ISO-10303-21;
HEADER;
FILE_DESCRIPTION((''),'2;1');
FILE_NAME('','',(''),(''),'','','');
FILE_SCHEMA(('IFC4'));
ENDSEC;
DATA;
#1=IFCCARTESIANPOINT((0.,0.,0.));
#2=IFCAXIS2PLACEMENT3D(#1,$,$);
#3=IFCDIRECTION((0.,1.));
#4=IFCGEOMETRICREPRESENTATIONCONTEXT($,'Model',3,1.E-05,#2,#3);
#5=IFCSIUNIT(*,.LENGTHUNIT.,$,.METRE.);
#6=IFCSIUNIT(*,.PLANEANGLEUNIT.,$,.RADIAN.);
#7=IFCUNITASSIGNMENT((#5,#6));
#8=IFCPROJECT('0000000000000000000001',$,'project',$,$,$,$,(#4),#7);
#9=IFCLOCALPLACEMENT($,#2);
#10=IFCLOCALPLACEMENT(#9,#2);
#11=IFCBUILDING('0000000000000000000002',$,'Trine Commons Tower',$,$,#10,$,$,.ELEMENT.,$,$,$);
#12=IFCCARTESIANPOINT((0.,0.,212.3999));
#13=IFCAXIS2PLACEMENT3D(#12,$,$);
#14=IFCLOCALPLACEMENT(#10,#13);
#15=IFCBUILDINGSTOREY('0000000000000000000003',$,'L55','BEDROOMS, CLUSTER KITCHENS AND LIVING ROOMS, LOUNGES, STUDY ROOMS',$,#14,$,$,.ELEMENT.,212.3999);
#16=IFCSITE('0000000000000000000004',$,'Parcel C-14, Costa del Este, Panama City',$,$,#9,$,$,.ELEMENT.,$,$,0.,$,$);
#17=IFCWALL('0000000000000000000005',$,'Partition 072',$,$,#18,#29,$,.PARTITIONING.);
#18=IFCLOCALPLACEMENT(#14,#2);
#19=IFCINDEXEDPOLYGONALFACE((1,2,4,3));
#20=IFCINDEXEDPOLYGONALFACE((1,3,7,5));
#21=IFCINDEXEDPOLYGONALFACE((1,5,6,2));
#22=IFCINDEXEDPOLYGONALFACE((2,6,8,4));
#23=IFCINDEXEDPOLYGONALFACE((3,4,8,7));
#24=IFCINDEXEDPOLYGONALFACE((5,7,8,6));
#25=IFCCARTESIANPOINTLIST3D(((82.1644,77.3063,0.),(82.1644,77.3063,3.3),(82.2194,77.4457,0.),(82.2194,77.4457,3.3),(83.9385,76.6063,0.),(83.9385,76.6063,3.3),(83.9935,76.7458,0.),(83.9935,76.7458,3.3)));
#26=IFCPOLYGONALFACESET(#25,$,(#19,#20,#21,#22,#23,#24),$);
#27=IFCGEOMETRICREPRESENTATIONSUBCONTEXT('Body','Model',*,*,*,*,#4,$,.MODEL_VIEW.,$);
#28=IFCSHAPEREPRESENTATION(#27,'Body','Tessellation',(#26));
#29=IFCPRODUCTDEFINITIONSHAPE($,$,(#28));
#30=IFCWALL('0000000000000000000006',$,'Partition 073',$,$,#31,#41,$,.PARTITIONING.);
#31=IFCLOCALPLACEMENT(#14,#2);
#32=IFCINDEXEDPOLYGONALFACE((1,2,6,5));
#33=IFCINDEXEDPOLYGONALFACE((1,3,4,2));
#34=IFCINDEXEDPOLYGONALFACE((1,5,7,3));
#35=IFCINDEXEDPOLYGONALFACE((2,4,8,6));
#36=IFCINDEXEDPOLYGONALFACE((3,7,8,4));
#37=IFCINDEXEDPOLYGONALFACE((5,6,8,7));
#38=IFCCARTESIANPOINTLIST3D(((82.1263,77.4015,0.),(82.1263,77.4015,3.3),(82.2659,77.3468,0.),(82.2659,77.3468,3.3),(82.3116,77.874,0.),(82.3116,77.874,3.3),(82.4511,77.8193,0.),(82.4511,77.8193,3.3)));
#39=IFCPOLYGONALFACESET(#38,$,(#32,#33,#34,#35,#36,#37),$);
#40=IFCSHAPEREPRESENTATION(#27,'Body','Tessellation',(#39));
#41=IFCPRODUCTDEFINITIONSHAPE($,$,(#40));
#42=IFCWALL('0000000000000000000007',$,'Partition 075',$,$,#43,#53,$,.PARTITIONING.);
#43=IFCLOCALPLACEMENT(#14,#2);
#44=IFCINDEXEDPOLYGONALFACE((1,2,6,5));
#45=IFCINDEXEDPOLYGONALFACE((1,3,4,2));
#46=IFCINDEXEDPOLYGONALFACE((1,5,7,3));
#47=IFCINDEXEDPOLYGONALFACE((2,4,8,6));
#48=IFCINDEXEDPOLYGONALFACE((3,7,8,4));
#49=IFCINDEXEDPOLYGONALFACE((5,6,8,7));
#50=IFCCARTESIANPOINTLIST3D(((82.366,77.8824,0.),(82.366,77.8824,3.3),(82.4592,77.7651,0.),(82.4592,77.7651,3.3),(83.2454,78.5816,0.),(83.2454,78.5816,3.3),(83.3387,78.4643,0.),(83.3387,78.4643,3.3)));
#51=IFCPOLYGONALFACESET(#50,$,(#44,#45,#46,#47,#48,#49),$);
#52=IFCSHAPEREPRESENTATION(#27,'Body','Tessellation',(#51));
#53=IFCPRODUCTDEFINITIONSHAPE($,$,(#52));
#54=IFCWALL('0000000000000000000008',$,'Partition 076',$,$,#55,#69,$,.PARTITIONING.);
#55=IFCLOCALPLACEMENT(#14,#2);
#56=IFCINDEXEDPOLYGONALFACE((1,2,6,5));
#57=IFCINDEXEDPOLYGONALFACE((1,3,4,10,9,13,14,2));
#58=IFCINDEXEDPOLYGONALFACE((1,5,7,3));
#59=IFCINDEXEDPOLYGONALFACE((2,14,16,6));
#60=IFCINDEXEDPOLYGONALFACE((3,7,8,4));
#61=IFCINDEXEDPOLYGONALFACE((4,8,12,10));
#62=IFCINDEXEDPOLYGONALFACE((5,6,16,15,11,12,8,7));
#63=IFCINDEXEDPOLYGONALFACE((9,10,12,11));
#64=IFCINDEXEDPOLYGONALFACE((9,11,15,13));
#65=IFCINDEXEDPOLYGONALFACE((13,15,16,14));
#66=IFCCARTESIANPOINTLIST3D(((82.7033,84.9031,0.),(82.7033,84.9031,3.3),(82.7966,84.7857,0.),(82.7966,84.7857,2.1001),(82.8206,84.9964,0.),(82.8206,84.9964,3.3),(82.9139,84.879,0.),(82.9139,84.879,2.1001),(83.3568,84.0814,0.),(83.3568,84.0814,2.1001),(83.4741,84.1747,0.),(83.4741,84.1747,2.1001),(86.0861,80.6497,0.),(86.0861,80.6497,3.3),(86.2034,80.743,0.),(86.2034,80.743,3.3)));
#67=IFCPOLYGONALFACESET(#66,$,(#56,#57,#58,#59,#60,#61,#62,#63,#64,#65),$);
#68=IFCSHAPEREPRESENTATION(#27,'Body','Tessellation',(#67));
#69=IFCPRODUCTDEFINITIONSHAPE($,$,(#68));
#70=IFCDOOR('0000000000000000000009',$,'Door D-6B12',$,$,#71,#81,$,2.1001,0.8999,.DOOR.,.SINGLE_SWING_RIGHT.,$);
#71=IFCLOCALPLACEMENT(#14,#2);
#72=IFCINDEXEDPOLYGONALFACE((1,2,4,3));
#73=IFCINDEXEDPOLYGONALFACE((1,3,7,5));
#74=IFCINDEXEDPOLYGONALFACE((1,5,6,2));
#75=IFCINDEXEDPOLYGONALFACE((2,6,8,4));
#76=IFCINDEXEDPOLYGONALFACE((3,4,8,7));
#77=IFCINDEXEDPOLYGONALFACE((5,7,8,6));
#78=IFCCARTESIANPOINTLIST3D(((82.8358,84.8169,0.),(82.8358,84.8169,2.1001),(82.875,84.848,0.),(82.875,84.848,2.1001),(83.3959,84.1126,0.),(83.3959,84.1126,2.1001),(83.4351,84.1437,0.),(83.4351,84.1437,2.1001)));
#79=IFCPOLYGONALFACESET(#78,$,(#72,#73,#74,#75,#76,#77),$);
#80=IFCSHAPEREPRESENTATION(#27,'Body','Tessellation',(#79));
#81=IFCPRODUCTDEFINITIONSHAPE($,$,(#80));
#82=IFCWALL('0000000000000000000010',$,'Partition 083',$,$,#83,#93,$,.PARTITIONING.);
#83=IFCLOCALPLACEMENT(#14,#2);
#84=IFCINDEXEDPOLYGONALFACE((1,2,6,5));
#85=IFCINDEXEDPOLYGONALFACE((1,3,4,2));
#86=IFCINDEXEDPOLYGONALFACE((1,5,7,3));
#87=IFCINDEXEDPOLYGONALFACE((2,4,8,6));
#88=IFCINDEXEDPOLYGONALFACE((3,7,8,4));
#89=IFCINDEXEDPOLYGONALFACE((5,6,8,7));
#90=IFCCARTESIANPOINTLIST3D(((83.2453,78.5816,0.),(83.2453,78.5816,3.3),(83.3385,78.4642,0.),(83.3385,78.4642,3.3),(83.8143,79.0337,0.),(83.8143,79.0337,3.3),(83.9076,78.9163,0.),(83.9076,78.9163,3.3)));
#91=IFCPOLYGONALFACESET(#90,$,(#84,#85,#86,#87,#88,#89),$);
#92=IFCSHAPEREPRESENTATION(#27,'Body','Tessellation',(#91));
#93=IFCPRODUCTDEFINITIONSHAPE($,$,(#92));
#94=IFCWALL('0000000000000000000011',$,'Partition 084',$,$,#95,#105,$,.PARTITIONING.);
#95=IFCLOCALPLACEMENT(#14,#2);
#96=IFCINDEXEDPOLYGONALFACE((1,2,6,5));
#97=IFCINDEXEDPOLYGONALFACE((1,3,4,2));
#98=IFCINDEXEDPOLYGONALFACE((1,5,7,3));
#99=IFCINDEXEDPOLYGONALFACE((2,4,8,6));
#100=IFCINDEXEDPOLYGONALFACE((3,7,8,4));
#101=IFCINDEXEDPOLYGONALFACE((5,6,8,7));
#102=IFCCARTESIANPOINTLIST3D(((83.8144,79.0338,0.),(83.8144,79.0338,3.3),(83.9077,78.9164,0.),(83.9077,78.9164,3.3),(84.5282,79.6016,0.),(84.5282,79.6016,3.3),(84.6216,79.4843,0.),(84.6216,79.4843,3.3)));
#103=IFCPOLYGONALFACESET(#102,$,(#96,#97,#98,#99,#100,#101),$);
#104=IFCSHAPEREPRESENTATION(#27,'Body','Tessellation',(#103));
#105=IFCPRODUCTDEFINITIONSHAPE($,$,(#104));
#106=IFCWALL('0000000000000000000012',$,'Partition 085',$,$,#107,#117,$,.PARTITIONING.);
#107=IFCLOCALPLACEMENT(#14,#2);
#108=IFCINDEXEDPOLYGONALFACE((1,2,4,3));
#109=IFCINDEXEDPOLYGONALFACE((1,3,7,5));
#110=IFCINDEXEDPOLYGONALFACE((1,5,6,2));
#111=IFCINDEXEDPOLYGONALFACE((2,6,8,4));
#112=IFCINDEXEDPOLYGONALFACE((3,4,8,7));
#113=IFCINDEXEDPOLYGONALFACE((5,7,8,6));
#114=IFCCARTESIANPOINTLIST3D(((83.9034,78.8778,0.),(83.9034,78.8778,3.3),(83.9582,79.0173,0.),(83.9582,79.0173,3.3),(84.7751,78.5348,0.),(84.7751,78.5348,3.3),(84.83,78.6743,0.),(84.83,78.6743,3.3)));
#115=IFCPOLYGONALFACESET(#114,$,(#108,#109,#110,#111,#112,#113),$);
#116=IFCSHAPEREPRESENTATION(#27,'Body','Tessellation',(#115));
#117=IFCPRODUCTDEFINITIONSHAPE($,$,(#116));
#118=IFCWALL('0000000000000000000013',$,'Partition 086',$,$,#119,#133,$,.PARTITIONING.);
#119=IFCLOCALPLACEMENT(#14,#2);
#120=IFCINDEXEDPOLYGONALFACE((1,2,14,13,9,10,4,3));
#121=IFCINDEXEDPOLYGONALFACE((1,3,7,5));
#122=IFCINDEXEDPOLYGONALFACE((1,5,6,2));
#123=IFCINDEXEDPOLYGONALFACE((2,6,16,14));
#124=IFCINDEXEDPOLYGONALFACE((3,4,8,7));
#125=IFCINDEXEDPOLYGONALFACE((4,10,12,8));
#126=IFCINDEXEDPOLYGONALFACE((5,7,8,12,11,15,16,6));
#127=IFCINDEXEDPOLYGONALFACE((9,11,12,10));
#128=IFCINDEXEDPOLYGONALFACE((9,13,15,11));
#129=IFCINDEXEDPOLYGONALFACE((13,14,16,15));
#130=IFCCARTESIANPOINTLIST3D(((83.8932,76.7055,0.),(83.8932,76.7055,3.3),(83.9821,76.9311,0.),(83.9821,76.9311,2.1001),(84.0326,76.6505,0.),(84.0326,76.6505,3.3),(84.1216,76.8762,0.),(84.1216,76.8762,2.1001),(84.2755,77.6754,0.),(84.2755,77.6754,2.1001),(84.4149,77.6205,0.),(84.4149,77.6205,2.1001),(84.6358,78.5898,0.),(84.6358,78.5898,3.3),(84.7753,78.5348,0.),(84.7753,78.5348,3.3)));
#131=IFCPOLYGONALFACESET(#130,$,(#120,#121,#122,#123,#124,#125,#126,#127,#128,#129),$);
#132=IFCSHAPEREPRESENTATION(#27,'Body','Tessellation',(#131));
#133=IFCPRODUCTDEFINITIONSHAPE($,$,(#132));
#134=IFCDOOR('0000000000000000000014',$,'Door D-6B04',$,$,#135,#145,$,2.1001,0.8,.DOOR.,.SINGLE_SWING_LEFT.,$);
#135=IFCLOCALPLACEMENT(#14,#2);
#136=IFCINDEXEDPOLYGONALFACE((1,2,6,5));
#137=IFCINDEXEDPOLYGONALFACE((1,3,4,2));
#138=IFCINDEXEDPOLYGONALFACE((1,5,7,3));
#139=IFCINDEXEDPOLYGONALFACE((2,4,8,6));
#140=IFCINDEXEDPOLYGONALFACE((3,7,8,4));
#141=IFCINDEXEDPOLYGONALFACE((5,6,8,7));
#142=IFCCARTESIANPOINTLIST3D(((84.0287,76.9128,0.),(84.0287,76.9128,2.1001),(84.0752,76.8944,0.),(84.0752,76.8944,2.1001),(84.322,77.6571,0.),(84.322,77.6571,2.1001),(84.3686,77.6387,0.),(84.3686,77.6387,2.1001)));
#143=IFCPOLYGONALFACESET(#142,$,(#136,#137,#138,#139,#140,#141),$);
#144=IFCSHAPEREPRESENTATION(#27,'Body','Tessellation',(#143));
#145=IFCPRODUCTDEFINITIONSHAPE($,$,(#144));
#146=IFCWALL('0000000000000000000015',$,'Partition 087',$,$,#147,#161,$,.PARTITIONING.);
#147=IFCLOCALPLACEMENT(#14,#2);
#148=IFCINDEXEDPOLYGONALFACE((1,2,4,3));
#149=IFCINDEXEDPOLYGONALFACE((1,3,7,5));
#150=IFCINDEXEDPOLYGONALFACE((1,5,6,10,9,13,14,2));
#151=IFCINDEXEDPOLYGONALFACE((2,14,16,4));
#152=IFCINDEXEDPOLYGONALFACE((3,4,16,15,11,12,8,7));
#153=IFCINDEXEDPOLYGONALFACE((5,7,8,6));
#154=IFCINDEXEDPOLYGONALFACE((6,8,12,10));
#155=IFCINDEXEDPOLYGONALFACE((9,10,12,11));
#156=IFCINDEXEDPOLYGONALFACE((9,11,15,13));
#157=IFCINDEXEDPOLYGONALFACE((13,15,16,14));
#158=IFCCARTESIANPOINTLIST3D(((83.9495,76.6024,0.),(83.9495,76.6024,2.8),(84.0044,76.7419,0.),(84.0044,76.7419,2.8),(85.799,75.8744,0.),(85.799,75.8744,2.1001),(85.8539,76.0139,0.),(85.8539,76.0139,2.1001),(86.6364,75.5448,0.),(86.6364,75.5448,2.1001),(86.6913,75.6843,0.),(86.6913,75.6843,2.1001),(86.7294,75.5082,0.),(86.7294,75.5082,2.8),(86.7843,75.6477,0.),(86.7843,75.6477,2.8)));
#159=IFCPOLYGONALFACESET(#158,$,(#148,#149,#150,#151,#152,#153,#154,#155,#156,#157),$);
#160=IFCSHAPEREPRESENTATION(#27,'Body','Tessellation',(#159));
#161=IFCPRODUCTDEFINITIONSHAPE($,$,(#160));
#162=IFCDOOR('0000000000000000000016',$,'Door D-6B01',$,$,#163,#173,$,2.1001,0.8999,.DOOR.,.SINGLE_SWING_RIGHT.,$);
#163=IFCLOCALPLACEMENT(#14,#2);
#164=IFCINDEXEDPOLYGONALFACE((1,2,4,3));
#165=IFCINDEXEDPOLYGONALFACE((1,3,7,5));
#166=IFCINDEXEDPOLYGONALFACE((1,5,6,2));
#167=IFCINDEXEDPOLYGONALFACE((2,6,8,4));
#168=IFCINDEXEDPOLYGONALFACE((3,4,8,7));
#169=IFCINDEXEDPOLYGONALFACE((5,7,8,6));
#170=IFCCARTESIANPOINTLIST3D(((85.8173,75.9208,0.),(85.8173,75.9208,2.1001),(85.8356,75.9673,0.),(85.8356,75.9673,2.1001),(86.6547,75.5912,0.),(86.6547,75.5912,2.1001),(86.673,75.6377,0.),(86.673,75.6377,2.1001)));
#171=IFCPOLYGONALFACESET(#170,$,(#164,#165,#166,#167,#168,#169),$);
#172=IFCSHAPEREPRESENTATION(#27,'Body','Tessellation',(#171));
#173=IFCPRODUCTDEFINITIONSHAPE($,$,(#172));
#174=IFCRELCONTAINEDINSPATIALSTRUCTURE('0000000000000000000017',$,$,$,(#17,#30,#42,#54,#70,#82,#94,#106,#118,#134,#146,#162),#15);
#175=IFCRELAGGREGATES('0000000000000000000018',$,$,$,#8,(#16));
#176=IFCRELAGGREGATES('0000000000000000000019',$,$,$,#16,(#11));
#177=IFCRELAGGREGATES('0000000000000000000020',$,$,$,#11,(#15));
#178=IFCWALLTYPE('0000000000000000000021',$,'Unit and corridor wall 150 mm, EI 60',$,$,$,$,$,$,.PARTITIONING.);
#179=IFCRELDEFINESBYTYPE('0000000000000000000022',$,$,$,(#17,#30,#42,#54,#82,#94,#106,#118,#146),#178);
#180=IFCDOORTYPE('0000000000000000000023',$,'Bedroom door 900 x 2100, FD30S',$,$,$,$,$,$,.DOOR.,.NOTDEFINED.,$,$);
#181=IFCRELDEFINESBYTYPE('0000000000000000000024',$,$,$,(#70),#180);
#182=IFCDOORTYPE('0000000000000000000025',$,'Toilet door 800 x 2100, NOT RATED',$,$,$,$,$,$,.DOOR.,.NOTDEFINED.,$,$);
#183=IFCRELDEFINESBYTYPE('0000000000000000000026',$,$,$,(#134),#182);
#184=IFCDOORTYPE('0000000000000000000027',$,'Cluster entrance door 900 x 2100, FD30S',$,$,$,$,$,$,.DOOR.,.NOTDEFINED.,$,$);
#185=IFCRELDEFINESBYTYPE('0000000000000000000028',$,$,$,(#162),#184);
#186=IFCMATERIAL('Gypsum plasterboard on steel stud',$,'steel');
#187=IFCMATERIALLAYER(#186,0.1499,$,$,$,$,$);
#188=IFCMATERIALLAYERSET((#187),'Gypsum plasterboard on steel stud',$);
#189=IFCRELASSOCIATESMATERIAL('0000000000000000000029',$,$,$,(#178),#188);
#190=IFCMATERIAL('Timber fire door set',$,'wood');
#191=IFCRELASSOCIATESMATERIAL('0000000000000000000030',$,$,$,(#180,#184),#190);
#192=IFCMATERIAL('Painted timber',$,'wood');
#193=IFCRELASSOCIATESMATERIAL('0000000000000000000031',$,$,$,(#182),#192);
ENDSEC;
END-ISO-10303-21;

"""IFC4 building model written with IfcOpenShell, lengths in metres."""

from ifc_helpers import new_model, si_unit, direction, frame, frame_2d, origin, place, context, subcontext, project, spatial, rectangle, extrude, material, layer, layer_set, type_object, element, fill, save


model = new_model("IFC4")

# Units and contexts
model_context = context("Model", 3, precision=1e-05, world=origin(), true_north=direction((0.0, 1.0)))
body_context = subcontext(model_context, "Body", "Model", "MODEL_VIEW")
ifc_project = project(units=[si_unit("LENGTHUNIT", "METRE"), si_unit("PLANEANGLEUNIT", "RADIAN")], contexts=[model_context])

# Site, building, storey
site_placement = place(None, origin())
site = spatial("IfcSite", under=ifc_project, at=site_placement, Name="Parcel C-14, Costa del Este, Panama City", CompositionType="ELEMENT", RefElevation=0.0)
building_placement = place(site_placement, origin())
building = spatial("IfcBuilding", under=site, at=building_placement, Name="Trine Commons Tower", CompositionType="ELEMENT")
storey_placement = place(building_placement, frame((0.0, 0.0, 212.3999)))
storey = spatial("IfcBuildingStorey", under=building, at=storey_placement, Name="L55", Description="BEDROOMS, CLUSTER KITCHENS AND LIVING ROOMS, LOUNGES, STUDY ROOMS", CompositionType="ELEMENT", Elevation=212.3999)

# Walls
ifc_material_1 = material(Name="Gypsum plasterboard on steel stud", Category="steel")
ifc_layer_1 = layer(ifc_material_1, 0.1499)
ifc_layer_set_1 = layer_set([ifc_layer_1], Name="Gypsum plasterboard on steel stud")
wall_type_1 = type_object("IfcWallType", Name="Unit and corridor wall 150 mm, EI 60", PredefinedType="PARTITIONING", material=ifc_layer_set_1)
wall_1_placement = place(storey_placement, frame((82.1919, 77.376, 0.0), z_axis=(0.0, 0.0, 1.0), x_axis=(0.930223, -0.366995, 0.0)))
element("IfcWall", 1, at=wall_1_placement, inside=storey, type_object=wall_type_1, Name="Partition 072", PredefinedType="PARTITIONING", context=body_context, shape_type="SweptSolid", body=[
    extrude(rectangle(XDim=1.9072, YDim=0.1499, at=frame_2d((0.9536, 0.0))), origin(), (0.0, 0.0, 1.0), 3.3),
])
wall_2_placement = place(storey_placement, frame((82.196, 77.374, 0.0), z_axis=(0.0, 0.0, 1.0), x_axis=(0.364998, 0.931008, 0.0)))
element("IfcWall", 2, at=wall_2_placement, inside=storey, type_object=wall_type_1, Name="Partition 073", PredefinedType="PARTITIONING", context=body_context, shape_type="SweptSolid", body=[
    extrude(rectangle(XDim=0.5076, YDim=0.1499, at=frame_2d((0.2539, 0.0))), origin(), (0.0, 0.0, 1.0), 3.3),
])
wall_3_placement = place(storey_placement, frame((82.4126, 77.8237, 0.0), z_axis=(0.0, 0.0, 1.0), x_axis=(0.782731, 0.62236, 0.0)))
element("IfcWall", 3, at=wall_3_placement, inside=storey, type_object=wall_type_1, Name="Partition 075", PredefinedType="PARTITIONING", context=body_context, shape_type="SweptSolid", body=[
    extrude(rectangle(XDim=1.1235, YDim=0.1499, at=frame_2d((0.5618, 0.0))), origin(), (0.0, 0.0, 1.0), 3.3),
])

# Wall, opening, door
wall_4_placement = place(storey_placement, frame((82.762, 84.9497, 0.0), z_axis=(0.0, 0.0, 1.0), x_axis=(0.622457, -0.782654, 0.0)))
wall_4 = element("IfcWall", 4, at=wall_4_placement, inside=storey, type_object=wall_type_1, Name="Partition 076", PredefinedType="PARTITIONING", context=body_context, shape_type="SweptSolid", body=[
    extrude(rectangle(XDim=5.4346, YDim=0.1499, at=frame_2d((2.7173, 0.0))), origin(), (0.0, 0.0, 1.0), 3.3),
])
opening_1_placement = place(wall_4_placement, frame((0.1499, 0.0, 0.0)))
opening_1 = element("IfcOpeningElement", 5, at=opening_1_placement, cuts=wall_4, PredefinedType="OPENING", context=body_context, shape_type="SweptSolid", body=[
    extrude(rectangle(XDim=0.8999, YDim=2.1001, at=frame_2d((0.45, 1.05))), frame((0.0, 0.085, 0.0), z_axis=(0.0, -1.0, 0.0), x_axis=(1.0, 0.0, 0.0)), (0.0, 0.0, 1.0), 0.1699),
])
ifc_material_2 = material(Name="Timber fire door set", Category="wood")
door_type_1 = type_object("IfcDoorType", Name="Bedroom door 900 x 2100, FD30S", OperationType="NOTDEFINED", PredefinedType="DOOR", material=ifc_material_2)
door_1_placement = place(opening_1_placement, frame((0.8999, 0.0, 0.0), z_axis=(0.0, 0.0, 1.0), x_axis=(-1.0, 0.0, 0.0)))
door_1 = element("IfcDoor", 6, at=door_1_placement, inside=storey, type_object=door_type_1, Name="Door D-6B12", OperationType="SINGLE_SWING_RIGHT", OverallHeight=2.1001, OverallWidth=0.8999, PredefinedType="DOOR", context=body_context, shape_type="SweptSolid", body=[
    extrude(rectangle(XDim=0.8999, YDim=2.1001, at=frame_2d((0.45, 1.05))), frame((0.0, 0.0249, 0.0), z_axis=(0.0, -1.0, 0.0), x_axis=(1.0, 0.0, 0.0)), (0.0, 0.0, 1.0), 0.05),
])
fill(opening_1, door_1)

# Walls
wall_5_placement = place(storey_placement, frame((83.292, 78.5229, 0.0), z_axis=(0.0, 0.0, 1.0), x_axis=(0.782962, 0.62207, 0.0)))
element("IfcWall", 7, at=wall_5_placement, inside=storey, type_object=wall_type_1, Name="Partition 083", PredefinedType="PARTITIONING", context=body_context, shape_type="SweptSolid", body=[
    extrude(rectangle(XDim=0.7268, YDim=0.1499, at=frame_2d((0.3633, 0.0))), origin(), (0.0, 0.0, 1.0), 3.3),
])
wall_6_placement = place(storey_placement, frame((83.8611, 78.9751, 0.0), z_axis=(0.0, 0.0, 1.0), x_axis=(0.782589, 0.622538, 0.0)))
element("IfcWall", 8, at=wall_6_placement, inside=storey, type_object=wall_type_1, Name="Partition 084", PredefinedType="PARTITIONING", context=body_context, shape_type="SweptSolid", body=[
    extrude(rectangle(XDim=0.9121, YDim=0.1499, at=frame_2d((0.4561, 0.0))), origin(), (0.0, 0.0, 1.0), 3.3),
])
wall_7_placement = place(storey_placement, frame((83.9309, 78.9475, 0.0), z_axis=(0.0, 0.0, 1.0), x_axis=(0.930564, -0.366128, 0.0)))
element("IfcWall", 9, at=wall_7_placement, inside=storey, type_object=wall_type_1, Name="Partition 085", PredefinedType="PARTITIONING", context=body_context, shape_type="SweptSolid", body=[
    extrude(rectangle(XDim=0.9368, YDim=0.1499, at=frame_2d((0.4683, 0.0))), origin(), (0.0, 0.0, 1.0), 3.3),
])

# Walls, openings, doors
wall_8_placement = place(storey_placement, frame((83.9629, 76.678, 0.0), z_axis=(0.0, 0.0, 1.0), x_axis=(0.366689, 0.930344, 0.0)))
wall_8 = element("IfcWall", 10, at=wall_8_placement, inside=storey, type_object=wall_type_1, Name="Partition 086", PredefinedType="PARTITIONING", context=body_context, shape_type="SweptSolid", body=[
    extrude(rectangle(XDim=2.0254, YDim=0.1499, at=frame_2d((1.0127, 0.0))), origin(), (0.0, 0.0, 1.0), 3.3),
])
opening_2_placement = place(wall_8_placement, frame((0.2427, 0.0, 0.0)))
opening_2 = element("IfcOpeningElement", 11, at=opening_2_placement, cuts=wall_8, PredefinedType="OPENING", context=body_context, shape_type="SweptSolid", body=[
    extrude(rectangle(XDim=0.8, YDim=2.1001, at=frame_2d((0.3999, 1.05))), frame((0.0, 0.085, 0.0), z_axis=(0.0, -1.0, 0.0), x_axis=(1.0, 0.0, 0.0)), (0.0, 0.0, 1.0), 0.1699),
])
ifc_material_3 = material(Name="Painted timber", Category="wood")
door_type_2 = type_object("IfcDoorType", Name="Toilet door 800 x 2100, NOT RATED", OperationType="NOTDEFINED", PredefinedType="DOOR", material=ifc_material_3)
door_2_placement = place(opening_2_placement, origin())
door_2 = element("IfcDoor", 12, at=door_2_placement, inside=storey, type_object=door_type_2, Name="Door D-6B04", OperationType="SINGLE_SWING_LEFT", OverallHeight=2.1001, OverallWidth=0.8, PredefinedType="DOOR", context=body_context, shape_type="SweptSolid", body=[
    extrude(rectangle(XDim=0.8, YDim=2.1001, at=frame_2d((0.3999, 1.05))), frame((0.0, 0.0249, 0.0), z_axis=(0.0, -1.0, 0.0), x_axis=(1.0, 0.0, 0.0)), (0.0, 0.0, 1.0), 0.05),
])
fill(opening_2, door_2)
wall_9_placement = place(storey_placement, frame((83.9771, 76.6721, 0.0), z_axis=(0.0, 0.0, 1.0), x_axis=(0.930514, -0.366257, 0.0)))
wall_9 = element("IfcWall", 13, at=wall_9_placement, inside=storey, type_object=wall_type_1, Name="Partition 087", PredefinedType="PARTITIONING", context=body_context, shape_type="SweptSolid", body=[
    extrude(rectangle(XDim=2.9875, YDim=0.1499, at=frame_2d((1.4937, 0.0))), origin(), (0.0, 0.0, 1.0), 2.8),
])
opening_3_placement = place(wall_9_placement, frame((1.9875, 0.0, 0.0)))
opening_3 = element("IfcOpeningElement", 14, at=opening_3_placement, cuts=wall_9, PredefinedType="OPENING", context=body_context, shape_type="SweptSolid", body=[
    extrude(rectangle(XDim=0.8999, YDim=2.1001, at=frame_2d((0.45, 1.05))), frame((0.0, 0.085, 0.0), z_axis=(0.0, -1.0, 0.0), x_axis=(1.0, 0.0, 0.0)), (0.0, 0.0, 1.0), 0.1699),
])
door_type_3 = type_object("IfcDoorType", Name="Cluster entrance door 900 x 2100, FD30S", OperationType="NOTDEFINED", PredefinedType="DOOR", material=ifc_material_2)
door_3_placement = place(opening_3_placement, origin())
door_3 = element("IfcDoor", 15, at=door_3_placement, inside=storey, type_object=door_type_3, Name="Door D-6B01", OperationType="SINGLE_SWING_RIGHT", OverallHeight=2.1001, OverallWidth=0.8999, PredefinedType="DOOR", context=body_context, shape_type="SweptSolid", body=[
    extrude(rectangle(XDim=0.8999, YDim=2.1001, at=frame_2d((0.45, 1.05))), frame((0.0, 0.0249, 0.0), z_axis=(0.0, -1.0, 0.0), x_axis=(1.0, 0.0, 0.0)), (0.0, 0.0, 1.0), 0.05),
])
fill(opening_3, door_3)

save(model, "model.ifc")
